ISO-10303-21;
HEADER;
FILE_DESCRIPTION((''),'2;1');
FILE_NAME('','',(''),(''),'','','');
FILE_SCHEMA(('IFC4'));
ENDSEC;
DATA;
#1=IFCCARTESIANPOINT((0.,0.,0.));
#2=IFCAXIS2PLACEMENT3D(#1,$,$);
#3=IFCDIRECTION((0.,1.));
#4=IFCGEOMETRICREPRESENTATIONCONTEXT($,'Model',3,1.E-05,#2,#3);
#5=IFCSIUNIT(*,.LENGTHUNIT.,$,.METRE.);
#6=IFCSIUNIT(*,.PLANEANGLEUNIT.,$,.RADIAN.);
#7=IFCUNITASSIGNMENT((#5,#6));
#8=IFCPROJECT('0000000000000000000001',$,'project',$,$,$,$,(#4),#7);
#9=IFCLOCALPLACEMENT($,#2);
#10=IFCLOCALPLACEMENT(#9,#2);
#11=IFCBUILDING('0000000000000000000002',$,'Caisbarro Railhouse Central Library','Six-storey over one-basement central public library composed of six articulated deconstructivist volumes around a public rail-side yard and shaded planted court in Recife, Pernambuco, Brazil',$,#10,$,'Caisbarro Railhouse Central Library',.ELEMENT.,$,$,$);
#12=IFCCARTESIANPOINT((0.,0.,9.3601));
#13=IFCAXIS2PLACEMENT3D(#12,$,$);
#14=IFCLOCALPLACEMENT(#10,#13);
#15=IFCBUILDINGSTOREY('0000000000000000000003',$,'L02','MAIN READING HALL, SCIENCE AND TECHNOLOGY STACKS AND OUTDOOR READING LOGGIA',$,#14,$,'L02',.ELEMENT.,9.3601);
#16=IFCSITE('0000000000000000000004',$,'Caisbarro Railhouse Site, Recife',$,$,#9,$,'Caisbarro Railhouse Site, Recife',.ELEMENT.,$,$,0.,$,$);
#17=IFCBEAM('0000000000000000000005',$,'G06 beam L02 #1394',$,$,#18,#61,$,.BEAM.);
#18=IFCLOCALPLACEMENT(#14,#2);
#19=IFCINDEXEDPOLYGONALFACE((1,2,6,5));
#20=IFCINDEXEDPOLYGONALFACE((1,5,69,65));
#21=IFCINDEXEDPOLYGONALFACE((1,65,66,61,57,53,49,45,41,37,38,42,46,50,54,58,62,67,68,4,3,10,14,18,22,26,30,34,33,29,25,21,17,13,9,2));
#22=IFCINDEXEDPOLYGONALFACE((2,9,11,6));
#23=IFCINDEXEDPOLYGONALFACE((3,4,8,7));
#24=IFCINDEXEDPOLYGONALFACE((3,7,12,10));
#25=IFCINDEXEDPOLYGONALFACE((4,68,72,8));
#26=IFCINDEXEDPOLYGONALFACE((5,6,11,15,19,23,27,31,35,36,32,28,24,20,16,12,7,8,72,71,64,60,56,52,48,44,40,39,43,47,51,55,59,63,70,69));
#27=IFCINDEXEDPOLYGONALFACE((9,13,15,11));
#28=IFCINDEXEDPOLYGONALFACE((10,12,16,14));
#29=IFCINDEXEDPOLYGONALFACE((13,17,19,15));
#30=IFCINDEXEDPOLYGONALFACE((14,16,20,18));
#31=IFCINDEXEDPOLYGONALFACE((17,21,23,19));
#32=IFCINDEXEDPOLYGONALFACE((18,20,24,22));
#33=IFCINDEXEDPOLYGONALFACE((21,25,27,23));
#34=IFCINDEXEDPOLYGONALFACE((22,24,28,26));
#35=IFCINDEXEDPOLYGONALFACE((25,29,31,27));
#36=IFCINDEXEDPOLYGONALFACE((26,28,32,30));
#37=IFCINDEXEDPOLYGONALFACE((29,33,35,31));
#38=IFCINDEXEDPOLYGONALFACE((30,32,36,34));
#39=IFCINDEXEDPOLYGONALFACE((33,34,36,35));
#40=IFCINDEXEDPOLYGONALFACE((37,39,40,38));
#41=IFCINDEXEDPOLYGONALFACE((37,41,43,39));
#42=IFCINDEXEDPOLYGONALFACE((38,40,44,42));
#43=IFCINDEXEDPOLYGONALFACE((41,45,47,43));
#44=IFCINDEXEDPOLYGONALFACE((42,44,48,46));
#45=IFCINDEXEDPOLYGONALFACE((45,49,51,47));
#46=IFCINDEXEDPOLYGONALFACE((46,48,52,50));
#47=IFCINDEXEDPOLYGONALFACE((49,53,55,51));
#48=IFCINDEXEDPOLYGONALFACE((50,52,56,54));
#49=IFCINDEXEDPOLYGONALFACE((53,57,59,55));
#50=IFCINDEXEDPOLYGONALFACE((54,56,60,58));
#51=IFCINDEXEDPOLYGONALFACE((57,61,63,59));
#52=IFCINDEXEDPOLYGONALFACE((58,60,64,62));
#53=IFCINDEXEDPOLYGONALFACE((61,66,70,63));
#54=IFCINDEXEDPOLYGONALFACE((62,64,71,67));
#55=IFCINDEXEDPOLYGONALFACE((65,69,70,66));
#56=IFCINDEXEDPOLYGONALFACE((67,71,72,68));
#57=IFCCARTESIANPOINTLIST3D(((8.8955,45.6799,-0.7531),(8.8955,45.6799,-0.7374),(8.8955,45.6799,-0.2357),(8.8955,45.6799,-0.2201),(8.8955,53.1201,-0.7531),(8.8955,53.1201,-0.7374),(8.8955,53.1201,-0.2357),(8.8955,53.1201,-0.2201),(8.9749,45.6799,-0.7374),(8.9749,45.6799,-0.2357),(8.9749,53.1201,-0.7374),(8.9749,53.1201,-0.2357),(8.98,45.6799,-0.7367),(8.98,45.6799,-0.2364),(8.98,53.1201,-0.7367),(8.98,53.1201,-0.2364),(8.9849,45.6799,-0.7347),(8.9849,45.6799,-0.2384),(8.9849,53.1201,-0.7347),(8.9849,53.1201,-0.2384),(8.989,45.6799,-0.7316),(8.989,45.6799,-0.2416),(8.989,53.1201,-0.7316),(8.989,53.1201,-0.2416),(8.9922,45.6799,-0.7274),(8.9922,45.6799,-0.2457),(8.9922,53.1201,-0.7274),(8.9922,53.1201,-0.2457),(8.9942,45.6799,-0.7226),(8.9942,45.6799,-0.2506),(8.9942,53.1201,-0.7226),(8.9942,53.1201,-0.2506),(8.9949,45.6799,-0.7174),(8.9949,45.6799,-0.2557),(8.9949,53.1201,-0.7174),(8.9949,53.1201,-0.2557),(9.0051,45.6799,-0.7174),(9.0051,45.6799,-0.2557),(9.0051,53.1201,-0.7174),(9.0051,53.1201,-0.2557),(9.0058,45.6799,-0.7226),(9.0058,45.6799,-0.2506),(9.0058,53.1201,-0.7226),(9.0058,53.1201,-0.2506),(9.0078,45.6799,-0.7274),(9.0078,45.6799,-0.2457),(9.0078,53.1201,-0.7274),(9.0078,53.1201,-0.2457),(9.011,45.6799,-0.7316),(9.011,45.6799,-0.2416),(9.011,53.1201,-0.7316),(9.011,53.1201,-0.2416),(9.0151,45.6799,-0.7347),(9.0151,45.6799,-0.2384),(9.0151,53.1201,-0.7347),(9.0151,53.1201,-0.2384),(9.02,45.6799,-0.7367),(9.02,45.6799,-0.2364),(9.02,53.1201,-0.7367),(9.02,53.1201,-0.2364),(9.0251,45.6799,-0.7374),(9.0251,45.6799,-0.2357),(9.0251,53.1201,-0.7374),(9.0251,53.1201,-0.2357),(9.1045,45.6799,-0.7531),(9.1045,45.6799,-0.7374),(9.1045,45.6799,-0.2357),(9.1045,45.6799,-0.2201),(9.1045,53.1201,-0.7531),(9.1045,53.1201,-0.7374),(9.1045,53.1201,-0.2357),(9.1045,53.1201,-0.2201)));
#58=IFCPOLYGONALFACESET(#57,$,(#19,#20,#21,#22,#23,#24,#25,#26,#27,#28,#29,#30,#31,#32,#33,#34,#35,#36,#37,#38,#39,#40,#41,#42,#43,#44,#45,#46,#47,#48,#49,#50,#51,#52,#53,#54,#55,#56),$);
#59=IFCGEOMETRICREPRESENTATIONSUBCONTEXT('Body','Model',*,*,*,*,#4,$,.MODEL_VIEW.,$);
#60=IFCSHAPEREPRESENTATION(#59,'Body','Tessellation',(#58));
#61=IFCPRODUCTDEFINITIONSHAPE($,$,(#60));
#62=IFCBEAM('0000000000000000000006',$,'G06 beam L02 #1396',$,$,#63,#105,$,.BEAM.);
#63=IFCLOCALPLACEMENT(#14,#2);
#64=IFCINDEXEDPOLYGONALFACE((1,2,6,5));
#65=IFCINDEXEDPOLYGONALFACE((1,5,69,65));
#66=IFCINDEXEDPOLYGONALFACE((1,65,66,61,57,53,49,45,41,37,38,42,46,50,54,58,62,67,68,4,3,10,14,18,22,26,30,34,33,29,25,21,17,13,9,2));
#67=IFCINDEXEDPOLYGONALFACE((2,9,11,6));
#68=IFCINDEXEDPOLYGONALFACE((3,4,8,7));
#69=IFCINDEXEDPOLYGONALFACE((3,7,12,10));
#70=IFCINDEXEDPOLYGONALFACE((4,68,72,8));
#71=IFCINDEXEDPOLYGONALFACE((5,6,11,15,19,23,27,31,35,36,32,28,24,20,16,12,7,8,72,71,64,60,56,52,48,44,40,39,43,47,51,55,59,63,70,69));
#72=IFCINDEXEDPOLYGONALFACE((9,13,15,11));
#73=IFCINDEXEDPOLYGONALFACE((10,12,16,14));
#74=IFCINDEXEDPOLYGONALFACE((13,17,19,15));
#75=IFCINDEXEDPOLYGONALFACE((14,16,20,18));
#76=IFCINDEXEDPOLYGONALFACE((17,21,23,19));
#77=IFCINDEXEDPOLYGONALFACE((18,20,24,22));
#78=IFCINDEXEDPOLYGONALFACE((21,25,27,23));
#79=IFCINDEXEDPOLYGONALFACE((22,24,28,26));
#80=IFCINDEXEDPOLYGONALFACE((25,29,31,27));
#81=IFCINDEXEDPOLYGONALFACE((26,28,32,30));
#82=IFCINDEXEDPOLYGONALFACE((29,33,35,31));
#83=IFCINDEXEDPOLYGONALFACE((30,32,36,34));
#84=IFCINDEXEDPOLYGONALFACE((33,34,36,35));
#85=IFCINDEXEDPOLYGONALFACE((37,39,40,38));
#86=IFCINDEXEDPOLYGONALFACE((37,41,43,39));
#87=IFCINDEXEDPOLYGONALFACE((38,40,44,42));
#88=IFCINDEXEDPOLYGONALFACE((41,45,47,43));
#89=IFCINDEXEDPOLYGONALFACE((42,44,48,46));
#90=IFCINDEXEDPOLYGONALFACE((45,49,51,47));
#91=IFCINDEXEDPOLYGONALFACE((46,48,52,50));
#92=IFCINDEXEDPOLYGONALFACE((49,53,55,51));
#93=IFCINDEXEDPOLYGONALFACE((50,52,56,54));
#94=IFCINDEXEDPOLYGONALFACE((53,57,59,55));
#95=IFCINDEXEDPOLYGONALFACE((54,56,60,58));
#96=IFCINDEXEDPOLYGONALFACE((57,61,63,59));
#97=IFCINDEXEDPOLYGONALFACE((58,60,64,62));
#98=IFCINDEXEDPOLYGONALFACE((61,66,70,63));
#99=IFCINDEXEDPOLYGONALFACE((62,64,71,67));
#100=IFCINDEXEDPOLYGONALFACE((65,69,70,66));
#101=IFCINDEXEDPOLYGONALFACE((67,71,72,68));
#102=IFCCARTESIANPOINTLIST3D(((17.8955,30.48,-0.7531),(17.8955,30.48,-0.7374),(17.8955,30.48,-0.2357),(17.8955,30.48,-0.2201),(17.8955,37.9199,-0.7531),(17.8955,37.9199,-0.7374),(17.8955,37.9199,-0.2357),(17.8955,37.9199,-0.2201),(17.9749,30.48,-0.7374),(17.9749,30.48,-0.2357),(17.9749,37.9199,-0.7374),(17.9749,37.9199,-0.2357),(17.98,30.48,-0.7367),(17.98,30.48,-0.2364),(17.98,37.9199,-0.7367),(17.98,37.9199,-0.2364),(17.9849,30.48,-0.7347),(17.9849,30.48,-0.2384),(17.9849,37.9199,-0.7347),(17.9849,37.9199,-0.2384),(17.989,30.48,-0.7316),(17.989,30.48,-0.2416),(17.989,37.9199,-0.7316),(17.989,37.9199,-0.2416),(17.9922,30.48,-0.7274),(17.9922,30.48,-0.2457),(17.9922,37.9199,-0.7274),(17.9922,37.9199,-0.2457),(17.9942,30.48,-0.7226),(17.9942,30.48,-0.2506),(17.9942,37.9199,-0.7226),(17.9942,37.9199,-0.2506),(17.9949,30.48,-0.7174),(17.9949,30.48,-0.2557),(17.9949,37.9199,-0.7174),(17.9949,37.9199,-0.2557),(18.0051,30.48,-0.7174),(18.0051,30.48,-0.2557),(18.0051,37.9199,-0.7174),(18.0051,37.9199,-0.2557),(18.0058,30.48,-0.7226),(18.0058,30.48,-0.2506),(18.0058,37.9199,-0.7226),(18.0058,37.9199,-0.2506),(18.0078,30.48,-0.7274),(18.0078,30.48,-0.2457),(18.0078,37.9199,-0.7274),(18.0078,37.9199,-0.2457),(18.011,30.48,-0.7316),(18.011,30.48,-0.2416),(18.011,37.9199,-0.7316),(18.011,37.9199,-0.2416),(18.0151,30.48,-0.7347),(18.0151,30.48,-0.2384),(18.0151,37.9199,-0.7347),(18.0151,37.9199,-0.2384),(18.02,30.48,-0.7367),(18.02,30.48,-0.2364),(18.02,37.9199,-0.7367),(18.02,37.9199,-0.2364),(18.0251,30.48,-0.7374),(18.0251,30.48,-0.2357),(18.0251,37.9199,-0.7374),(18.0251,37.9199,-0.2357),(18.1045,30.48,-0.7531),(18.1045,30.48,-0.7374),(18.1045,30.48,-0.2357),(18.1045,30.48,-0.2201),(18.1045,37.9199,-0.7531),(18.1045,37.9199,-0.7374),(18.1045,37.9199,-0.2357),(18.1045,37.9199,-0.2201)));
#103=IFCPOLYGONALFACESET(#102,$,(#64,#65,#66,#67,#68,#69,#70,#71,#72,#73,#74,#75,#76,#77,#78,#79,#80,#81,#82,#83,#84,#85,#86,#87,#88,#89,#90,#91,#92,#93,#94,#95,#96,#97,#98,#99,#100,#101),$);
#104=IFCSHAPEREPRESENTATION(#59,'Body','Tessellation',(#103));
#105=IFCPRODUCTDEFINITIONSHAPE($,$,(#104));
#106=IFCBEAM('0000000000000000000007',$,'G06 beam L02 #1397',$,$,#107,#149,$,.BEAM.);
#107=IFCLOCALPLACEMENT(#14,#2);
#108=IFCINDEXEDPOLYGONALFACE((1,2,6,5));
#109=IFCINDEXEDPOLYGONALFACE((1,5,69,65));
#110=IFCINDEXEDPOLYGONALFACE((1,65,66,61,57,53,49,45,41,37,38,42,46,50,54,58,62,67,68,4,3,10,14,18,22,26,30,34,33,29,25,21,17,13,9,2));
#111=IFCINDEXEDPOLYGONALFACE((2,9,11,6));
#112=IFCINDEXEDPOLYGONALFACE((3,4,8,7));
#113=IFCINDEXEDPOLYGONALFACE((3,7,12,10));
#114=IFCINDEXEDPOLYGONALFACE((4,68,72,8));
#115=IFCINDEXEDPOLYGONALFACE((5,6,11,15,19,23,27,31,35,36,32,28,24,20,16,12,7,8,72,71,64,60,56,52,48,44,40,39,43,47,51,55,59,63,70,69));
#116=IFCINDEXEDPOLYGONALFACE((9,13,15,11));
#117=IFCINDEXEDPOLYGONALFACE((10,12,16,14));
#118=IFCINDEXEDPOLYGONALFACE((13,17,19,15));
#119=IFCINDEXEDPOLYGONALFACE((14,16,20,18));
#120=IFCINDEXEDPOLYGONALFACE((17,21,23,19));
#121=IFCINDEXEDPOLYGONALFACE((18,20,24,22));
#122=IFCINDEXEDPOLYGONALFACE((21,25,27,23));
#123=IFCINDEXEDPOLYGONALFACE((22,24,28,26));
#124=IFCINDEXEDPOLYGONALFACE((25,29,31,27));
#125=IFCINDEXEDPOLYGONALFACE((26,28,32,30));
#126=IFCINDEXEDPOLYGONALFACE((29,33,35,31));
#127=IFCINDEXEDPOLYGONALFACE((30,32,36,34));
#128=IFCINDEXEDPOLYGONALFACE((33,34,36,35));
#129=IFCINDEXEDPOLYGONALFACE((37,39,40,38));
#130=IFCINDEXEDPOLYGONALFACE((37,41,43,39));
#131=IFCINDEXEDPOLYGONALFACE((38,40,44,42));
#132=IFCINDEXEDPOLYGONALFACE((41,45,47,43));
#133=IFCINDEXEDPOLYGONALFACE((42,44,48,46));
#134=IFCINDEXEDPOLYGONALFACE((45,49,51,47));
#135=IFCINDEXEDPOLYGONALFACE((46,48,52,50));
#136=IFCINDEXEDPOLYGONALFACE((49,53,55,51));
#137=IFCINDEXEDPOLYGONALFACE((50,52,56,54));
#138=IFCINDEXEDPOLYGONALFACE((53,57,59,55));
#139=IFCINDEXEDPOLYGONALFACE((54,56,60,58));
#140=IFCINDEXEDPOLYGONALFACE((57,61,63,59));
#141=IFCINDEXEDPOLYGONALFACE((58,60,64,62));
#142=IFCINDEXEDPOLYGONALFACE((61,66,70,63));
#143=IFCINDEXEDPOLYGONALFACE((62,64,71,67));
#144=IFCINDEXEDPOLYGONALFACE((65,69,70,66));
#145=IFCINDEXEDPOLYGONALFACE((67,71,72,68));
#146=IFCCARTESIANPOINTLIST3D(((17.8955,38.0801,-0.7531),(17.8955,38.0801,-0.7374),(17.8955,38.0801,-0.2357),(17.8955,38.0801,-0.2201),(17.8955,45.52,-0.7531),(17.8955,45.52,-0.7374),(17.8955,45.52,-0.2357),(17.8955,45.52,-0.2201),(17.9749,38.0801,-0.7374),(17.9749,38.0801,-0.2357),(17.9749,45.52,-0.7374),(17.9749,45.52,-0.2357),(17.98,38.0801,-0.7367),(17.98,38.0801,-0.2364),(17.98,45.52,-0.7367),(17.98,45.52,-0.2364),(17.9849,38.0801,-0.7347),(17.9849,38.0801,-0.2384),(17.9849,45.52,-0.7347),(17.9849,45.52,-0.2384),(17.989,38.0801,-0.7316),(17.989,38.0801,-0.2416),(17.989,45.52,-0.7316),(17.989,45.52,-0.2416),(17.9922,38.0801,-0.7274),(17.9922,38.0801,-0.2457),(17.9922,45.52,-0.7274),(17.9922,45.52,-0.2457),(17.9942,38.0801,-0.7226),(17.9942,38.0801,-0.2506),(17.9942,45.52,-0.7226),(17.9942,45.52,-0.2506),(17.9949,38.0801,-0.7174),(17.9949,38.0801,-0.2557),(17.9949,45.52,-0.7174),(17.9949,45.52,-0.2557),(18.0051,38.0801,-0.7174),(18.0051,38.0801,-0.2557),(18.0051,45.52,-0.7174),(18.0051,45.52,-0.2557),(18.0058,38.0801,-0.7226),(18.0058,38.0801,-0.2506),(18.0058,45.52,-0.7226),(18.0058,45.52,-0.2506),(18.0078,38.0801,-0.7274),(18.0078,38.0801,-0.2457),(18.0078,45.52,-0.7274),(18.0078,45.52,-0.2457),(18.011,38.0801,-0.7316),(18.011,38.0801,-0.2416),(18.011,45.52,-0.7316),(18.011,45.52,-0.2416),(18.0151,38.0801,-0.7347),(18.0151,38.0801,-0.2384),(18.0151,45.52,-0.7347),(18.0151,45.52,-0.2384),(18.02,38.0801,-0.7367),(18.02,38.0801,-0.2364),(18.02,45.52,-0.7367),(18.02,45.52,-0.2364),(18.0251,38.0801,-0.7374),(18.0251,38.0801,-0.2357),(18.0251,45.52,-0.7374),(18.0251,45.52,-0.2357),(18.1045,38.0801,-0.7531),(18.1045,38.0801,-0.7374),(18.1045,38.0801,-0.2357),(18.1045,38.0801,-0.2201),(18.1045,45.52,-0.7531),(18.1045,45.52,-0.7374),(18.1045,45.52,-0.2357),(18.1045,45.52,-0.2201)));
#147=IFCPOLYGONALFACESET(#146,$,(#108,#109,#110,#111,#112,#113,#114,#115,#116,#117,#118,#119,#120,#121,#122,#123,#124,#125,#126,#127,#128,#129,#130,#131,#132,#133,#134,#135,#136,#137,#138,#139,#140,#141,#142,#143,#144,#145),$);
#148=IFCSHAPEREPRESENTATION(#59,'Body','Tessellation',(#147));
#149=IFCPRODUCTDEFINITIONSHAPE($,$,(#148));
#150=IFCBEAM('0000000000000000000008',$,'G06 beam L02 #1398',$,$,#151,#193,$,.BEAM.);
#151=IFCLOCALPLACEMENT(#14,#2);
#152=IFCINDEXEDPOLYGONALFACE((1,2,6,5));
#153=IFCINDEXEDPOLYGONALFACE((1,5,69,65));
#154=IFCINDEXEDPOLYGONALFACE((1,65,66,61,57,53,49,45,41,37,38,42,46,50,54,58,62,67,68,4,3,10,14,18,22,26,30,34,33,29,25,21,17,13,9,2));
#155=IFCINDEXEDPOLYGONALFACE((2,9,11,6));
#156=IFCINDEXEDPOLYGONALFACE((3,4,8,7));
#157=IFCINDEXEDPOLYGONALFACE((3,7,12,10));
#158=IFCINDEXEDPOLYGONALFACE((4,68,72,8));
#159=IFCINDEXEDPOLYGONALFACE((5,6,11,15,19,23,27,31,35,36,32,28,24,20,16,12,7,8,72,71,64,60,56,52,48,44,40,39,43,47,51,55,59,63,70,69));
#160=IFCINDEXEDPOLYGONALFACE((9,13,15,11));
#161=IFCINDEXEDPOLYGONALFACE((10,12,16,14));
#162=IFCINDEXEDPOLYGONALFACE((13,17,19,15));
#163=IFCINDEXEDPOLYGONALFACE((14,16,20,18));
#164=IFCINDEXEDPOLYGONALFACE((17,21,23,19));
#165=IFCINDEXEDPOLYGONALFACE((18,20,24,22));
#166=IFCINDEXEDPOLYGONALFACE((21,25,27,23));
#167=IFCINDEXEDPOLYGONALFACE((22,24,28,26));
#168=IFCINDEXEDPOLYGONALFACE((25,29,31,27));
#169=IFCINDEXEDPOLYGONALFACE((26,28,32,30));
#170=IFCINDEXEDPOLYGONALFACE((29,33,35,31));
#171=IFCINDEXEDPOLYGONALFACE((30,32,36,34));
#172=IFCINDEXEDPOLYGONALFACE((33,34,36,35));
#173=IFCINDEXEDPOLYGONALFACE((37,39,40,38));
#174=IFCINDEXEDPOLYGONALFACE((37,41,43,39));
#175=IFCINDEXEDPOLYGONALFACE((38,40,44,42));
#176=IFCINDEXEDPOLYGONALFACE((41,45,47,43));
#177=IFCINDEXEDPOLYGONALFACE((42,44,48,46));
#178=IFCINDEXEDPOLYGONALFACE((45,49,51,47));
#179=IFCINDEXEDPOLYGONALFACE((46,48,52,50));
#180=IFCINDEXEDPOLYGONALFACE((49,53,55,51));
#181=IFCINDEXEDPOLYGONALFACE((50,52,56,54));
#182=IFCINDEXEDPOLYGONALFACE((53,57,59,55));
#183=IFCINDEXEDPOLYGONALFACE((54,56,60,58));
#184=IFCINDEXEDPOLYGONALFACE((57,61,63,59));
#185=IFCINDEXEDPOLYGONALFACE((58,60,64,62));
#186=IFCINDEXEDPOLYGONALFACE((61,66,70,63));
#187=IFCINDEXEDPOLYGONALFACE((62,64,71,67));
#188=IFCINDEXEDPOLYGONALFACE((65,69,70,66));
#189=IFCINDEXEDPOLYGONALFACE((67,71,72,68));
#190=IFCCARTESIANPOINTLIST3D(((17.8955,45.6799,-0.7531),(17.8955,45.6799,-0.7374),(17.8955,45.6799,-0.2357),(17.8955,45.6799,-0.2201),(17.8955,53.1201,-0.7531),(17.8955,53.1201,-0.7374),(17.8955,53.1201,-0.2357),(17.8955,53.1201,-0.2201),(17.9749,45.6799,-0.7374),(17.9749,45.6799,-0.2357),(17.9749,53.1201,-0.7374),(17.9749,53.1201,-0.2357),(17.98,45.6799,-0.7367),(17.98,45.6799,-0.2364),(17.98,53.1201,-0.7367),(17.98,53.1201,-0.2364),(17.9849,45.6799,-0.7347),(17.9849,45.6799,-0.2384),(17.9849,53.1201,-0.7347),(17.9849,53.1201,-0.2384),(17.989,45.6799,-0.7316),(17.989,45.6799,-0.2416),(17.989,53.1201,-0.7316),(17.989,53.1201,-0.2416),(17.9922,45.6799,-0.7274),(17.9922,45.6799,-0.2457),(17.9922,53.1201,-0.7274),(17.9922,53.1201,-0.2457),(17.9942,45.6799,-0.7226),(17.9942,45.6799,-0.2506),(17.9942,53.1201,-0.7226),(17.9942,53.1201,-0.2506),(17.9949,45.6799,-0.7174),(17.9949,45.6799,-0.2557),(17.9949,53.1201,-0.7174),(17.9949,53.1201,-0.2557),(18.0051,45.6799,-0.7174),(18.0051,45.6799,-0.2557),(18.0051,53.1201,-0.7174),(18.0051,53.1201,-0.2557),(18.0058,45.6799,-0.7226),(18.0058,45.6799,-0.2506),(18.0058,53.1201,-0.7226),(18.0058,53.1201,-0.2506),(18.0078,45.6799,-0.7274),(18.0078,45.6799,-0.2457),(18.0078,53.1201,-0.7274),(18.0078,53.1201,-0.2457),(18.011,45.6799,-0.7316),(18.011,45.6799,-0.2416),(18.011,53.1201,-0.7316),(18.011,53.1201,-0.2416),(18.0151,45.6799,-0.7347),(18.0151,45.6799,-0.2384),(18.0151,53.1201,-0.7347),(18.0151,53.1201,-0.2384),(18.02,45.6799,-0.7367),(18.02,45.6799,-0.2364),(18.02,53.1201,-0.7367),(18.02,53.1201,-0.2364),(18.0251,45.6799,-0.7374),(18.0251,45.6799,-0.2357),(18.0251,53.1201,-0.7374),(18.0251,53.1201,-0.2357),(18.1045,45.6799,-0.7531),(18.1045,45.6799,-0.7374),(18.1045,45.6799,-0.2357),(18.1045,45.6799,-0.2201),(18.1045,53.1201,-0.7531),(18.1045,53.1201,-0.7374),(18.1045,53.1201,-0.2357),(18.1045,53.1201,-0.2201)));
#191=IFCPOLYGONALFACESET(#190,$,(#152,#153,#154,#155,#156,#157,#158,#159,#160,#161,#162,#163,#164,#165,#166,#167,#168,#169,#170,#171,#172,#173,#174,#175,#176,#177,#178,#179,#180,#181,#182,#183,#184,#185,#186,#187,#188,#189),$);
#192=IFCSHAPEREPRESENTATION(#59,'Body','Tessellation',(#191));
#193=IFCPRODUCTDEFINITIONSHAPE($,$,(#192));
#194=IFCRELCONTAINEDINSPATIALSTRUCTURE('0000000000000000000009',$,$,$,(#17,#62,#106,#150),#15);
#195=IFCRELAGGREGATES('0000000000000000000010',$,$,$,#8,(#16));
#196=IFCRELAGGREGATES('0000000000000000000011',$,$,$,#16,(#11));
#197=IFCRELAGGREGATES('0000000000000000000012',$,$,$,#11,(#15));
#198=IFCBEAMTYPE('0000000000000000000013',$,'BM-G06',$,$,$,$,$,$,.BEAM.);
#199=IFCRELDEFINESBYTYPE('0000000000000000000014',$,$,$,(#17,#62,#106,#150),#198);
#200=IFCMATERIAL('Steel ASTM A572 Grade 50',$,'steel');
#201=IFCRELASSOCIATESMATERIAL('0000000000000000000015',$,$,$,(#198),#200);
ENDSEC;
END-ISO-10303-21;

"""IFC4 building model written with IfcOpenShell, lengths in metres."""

from ifc_helpers import new_model, si_unit, direction, frame, origin, origin_2d, place, context, subcontext, project, spatial, i_section, extrude, material, material_profile, profile_set, type_object, element, save


model = new_model("IFC4")

# Units and contexts
model_context = context("Model", 3, precision=1e-05, world=origin(), true_north=direction((0.0, 1.0)))
body_context = subcontext(model_context, "Body", "Model", "MODEL_VIEW")
ifc_project = project(units=[si_unit("LENGTHUNIT", "METRE"), si_unit("PLANEANGLEUNIT", "RADIAN")], contexts=[model_context])

# Site, building, storey
site_placement = place(None, origin())
site = spatial("IfcSite", under=ifc_project, at=site_placement, Name="Caisbarro Railhouse Site, Recife", LongName="Caisbarro Railhouse Site, Recife", CompositionType="ELEMENT", RefElevation=0.0)
building_placement = place(site_placement, origin())
building = spatial("IfcBuilding", under=site, at=building_placement, Name="Caisbarro Railhouse Central Library", Description="Six-storey over one-basement central public library composed of six articulated deconstructivist volumes around a public rail-side yard and shaded planted court in Recife, Pernambuco, Brazil", LongName="Caisbarro Railhouse Central Library", CompositionType="ELEMENT")
storey_placement = place(building_placement, frame((0.0, 0.0, 9.3601)))
storey = spatial("IfcBuildingStorey", under=building, at=storey_placement, Name="L02", Description="MAIN READING HALL, SCIENCE AND TECHNOLOGY STACKS AND OUTDOOR READING LOGGIA", LongName="L02", CompositionType="ELEMENT", Elevation=9.3601)

# Shared definitions
ifc_material_1 = material(Name="Steel ASTM A572 Grade 50", Category="steel")

# Beams
ifc_material_profile_1 = material_profile(ifc_material_1, i_section(OverallWidth=0.209, OverallDepth=0.533, WebThickness=0.0103, FlangeThickness=0.0156, FilletRadius=0.02, at=origin_2d()), Name="W530X92.0")
ifc_profile_set_1 = profile_set([ifc_material_profile_1], Name="Steel ASTM A572 Grade 50")
beam_type_1 = type_object("IfcBeamType", Name="BM-G06", PredefinedType="BEAM", material=ifc_profile_set_1)
beam_1_placement = place(storey_placement, frame((9.0, 45.6799, -0.4866), z_axis=(0.0, 1.0, 0.0), x_axis=(-1.0, 0.0, 0.0)))
element("IfcBeam", 1, at=beam_1_placement, inside=storey, type_object=beam_type_1, Name="G06 beam L02 #1394", PredefinedType="BEAM", context=body_context, shape_type="SweptSolid", body=[
    extrude(i_section(OverallWidth=0.209, OverallDepth=0.533, WebThickness=0.0103, FlangeThickness=0.0156, FilletRadius=0.02, at=origin_2d()), origin(), (0.0, 0.0, 1.0), 7.4402),
])
for number, where, z_axis, x_axis, name in (
    (2, (18.0, 30.48, -0.4866), (0.0, 1.0, 0.0), (-1.0, 0.0, 0.0), "G06 beam L02 #1396"),
    (3, (18.0, 38.0801, -0.4866), (0.0, 1.0, 0.0), (-1.0, 0.0, 0.0), "G06 beam L02 #1397"),
):
    element("IfcBeam", number, at=place(storey_placement, frame(where, z_axis=z_axis, x_axis=x_axis)), inside=storey, type_object=beam_type_1, Name=name, PredefinedType="BEAM", context=body_context, shape_type="SweptSolid", body=[
        extrude(i_section(OverallWidth=0.209, OverallDepth=0.533, WebThickness=0.0103, FlangeThickness=0.0156, FilletRadius=0.02, at=origin_2d()), origin(), (0.0, 0.0, 1.0), 7.4399),
    ])
beam_2_placement = place(storey_placement, frame((18.0, 45.6799, -0.4866), z_axis=(0.0, 1.0, 0.0), x_axis=(-1.0, 0.0, 0.0)))
element("IfcBeam", 4, at=beam_2_placement, inside=storey, type_object=beam_type_1, Name="G06 beam L02 #1398", PredefinedType="BEAM", context=body_context, shape_type="SweptSolid", body=[
    extrude(i_section(OverallWidth=0.209, OverallDepth=0.533, WebThickness=0.0103, FlangeThickness=0.0156, FilletRadius=0.02, at=origin_2d()), origin(), (0.0, 0.0, 1.0), 7.4402),
])

save(model, "model.ifc")
